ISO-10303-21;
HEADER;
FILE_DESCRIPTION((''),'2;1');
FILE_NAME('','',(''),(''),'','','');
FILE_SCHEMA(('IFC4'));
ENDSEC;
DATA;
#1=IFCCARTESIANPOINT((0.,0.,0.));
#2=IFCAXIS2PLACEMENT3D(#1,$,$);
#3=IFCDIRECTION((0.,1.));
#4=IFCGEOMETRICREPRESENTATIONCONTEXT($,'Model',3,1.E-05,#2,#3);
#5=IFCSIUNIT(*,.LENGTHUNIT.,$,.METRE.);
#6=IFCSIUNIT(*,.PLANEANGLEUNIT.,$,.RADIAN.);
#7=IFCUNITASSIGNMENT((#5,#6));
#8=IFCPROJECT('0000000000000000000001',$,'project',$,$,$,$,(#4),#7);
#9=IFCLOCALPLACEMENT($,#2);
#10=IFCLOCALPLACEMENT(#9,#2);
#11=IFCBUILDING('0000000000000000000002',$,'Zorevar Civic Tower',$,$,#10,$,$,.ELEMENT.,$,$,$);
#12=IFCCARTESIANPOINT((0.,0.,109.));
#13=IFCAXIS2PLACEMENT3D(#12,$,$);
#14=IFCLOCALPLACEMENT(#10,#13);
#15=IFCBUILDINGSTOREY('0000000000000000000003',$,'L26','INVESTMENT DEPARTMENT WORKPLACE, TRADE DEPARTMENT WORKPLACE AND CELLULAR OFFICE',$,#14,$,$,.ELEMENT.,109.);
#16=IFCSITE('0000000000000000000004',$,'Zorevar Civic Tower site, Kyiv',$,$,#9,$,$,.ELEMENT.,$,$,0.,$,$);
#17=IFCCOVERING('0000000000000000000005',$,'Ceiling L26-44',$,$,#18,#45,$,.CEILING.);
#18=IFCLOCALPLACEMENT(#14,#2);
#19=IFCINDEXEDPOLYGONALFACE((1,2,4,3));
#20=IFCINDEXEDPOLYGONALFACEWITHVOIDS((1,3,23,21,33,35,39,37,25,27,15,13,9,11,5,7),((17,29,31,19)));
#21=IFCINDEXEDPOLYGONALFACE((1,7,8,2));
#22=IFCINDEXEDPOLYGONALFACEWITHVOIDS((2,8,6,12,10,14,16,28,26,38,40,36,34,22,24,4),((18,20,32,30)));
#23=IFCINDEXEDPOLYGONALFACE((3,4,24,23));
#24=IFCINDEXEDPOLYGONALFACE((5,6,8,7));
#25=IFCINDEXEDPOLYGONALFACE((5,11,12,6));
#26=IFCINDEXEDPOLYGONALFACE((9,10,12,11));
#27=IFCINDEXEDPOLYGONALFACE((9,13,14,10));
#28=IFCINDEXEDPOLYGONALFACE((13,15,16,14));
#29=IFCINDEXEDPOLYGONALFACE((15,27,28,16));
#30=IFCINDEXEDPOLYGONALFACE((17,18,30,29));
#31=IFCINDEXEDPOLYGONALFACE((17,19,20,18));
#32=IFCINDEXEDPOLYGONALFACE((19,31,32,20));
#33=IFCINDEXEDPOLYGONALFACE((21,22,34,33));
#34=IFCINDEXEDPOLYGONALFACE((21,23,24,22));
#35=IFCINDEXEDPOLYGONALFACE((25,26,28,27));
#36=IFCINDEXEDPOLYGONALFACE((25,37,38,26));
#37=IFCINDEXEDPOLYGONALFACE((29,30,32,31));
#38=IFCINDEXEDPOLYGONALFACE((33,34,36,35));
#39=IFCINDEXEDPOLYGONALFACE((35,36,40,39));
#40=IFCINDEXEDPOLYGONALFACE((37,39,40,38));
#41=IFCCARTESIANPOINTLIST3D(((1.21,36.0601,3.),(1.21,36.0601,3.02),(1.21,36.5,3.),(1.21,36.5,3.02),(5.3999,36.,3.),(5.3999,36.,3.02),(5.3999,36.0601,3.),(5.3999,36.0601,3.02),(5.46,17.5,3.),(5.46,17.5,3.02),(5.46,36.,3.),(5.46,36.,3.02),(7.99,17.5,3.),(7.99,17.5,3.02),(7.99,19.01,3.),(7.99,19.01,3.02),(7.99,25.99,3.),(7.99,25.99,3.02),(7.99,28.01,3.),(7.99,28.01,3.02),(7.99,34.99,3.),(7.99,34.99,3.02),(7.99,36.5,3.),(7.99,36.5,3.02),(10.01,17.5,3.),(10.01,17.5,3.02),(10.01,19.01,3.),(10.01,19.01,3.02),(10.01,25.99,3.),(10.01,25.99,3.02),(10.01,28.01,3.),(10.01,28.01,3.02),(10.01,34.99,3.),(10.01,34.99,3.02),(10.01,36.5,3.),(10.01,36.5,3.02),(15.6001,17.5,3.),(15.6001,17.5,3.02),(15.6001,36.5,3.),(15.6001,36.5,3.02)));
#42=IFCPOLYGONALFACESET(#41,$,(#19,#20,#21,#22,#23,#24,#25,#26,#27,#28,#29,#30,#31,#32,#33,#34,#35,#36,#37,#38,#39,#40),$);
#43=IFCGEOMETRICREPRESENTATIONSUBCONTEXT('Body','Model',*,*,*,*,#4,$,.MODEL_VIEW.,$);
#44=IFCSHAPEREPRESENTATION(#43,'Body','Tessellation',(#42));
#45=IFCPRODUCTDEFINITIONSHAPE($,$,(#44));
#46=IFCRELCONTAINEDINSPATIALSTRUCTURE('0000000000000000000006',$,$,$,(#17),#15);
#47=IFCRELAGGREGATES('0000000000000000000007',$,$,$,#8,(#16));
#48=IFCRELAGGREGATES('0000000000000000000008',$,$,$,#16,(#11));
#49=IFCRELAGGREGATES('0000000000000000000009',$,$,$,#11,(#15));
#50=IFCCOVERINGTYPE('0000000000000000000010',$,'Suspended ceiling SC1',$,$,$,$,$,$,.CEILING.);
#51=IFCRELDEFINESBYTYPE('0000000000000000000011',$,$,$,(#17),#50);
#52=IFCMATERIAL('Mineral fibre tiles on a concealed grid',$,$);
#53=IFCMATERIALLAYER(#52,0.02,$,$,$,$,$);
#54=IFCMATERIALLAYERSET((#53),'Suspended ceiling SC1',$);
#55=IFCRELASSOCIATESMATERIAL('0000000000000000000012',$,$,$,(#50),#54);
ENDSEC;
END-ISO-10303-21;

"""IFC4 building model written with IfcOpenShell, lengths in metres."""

from ifc_helpers import new_model, si_unit, direction, frame, origin, place, context, subcontext, project, spatial, polyline, outline, extrude, material, layer, layer_set, type_object, element, save


model = new_model("IFC4")

# Units and contexts
model_context = context("Model", 3, precision=1e-05, world=origin(), true_north=direction((0.0, 1.0)))
body_context = subcontext(model_context, "Body", "Model", "MODEL_VIEW")
ifc_project = project(units=[si_unit("LENGTHUNIT", "METRE"), si_unit("PLANEANGLEUNIT", "RADIAN")], contexts=[model_context])

# Site, building, storey
site_placement = place(None, origin())
site = spatial("IfcSite", under=ifc_project, at=site_placement, Name="Zorevar Civic Tower site, Kyiv", CompositionType="ELEMENT", RefElevation=0.0)
building_placement = place(site_placement, origin())
building = spatial("IfcBuilding", under=site, at=building_placement, Name="Zorevar Civic Tower", CompositionType="ELEMENT")
storey_placement = place(building_placement, frame((0.0, 0.0, 109.0)))
storey = spatial("IfcBuildingStorey", under=building, at=storey_placement, Name="L26", Description="INVESTMENT DEPARTMENT WORKPLACE, TRADE DEPARTMENT WORKPLACE AND CELLULAR OFFICE", CompositionType="ELEMENT", Elevation=109.0)

# Covering
ifc_material_1 = material(Name="Mineral fibre tiles on a concealed grid")
ifc_layer_1 = layer(ifc_material_1, 0.02)
ifc_layer_set_1 = layer_set([ifc_layer_1], Name="Suspended ceiling SC1")
covering_type_1 = type_object("IfcCoveringType", Name="Suspended ceiling SC1", PredefinedType="CEILING", material=ifc_layer_set_1)
covering_1_placement = place(storey_placement, frame((0.0, 0.0, 3.0)))
element("IfcCovering", 1, at=covering_1_placement, inside=storey, type_object=covering_type_1, Name="Ceiling L26-44", PredefinedType="CEILING", context=body_context, shape_type="SweptSolid", body=[
    extrude(outline(polyline([(5.3999, 36.0), (5.3999, 36.0601), (1.21, 36.0601), (1.21, 36.5), (7.99, 36.5), (7.99, 34.99), (10.01, 34.99), (10.01, 36.5), (15.6001, 36.5), (15.6001, 17.5), (10.01, 17.5), (10.01, 19.01), (7.99, 19.01), (7.99, 17.5), (5.46, 17.5), (5.46, 36.0), (5.3999, 36.0)]), holes=[polyline([(7.99, 28.01), (7.99, 25.99), (10.01, 25.99), (10.01, 28.01), (7.99, 28.01)])]), origin(), (0.0, 0.0, 1.0), 0.02),
])

save(model, "model.ifc")
